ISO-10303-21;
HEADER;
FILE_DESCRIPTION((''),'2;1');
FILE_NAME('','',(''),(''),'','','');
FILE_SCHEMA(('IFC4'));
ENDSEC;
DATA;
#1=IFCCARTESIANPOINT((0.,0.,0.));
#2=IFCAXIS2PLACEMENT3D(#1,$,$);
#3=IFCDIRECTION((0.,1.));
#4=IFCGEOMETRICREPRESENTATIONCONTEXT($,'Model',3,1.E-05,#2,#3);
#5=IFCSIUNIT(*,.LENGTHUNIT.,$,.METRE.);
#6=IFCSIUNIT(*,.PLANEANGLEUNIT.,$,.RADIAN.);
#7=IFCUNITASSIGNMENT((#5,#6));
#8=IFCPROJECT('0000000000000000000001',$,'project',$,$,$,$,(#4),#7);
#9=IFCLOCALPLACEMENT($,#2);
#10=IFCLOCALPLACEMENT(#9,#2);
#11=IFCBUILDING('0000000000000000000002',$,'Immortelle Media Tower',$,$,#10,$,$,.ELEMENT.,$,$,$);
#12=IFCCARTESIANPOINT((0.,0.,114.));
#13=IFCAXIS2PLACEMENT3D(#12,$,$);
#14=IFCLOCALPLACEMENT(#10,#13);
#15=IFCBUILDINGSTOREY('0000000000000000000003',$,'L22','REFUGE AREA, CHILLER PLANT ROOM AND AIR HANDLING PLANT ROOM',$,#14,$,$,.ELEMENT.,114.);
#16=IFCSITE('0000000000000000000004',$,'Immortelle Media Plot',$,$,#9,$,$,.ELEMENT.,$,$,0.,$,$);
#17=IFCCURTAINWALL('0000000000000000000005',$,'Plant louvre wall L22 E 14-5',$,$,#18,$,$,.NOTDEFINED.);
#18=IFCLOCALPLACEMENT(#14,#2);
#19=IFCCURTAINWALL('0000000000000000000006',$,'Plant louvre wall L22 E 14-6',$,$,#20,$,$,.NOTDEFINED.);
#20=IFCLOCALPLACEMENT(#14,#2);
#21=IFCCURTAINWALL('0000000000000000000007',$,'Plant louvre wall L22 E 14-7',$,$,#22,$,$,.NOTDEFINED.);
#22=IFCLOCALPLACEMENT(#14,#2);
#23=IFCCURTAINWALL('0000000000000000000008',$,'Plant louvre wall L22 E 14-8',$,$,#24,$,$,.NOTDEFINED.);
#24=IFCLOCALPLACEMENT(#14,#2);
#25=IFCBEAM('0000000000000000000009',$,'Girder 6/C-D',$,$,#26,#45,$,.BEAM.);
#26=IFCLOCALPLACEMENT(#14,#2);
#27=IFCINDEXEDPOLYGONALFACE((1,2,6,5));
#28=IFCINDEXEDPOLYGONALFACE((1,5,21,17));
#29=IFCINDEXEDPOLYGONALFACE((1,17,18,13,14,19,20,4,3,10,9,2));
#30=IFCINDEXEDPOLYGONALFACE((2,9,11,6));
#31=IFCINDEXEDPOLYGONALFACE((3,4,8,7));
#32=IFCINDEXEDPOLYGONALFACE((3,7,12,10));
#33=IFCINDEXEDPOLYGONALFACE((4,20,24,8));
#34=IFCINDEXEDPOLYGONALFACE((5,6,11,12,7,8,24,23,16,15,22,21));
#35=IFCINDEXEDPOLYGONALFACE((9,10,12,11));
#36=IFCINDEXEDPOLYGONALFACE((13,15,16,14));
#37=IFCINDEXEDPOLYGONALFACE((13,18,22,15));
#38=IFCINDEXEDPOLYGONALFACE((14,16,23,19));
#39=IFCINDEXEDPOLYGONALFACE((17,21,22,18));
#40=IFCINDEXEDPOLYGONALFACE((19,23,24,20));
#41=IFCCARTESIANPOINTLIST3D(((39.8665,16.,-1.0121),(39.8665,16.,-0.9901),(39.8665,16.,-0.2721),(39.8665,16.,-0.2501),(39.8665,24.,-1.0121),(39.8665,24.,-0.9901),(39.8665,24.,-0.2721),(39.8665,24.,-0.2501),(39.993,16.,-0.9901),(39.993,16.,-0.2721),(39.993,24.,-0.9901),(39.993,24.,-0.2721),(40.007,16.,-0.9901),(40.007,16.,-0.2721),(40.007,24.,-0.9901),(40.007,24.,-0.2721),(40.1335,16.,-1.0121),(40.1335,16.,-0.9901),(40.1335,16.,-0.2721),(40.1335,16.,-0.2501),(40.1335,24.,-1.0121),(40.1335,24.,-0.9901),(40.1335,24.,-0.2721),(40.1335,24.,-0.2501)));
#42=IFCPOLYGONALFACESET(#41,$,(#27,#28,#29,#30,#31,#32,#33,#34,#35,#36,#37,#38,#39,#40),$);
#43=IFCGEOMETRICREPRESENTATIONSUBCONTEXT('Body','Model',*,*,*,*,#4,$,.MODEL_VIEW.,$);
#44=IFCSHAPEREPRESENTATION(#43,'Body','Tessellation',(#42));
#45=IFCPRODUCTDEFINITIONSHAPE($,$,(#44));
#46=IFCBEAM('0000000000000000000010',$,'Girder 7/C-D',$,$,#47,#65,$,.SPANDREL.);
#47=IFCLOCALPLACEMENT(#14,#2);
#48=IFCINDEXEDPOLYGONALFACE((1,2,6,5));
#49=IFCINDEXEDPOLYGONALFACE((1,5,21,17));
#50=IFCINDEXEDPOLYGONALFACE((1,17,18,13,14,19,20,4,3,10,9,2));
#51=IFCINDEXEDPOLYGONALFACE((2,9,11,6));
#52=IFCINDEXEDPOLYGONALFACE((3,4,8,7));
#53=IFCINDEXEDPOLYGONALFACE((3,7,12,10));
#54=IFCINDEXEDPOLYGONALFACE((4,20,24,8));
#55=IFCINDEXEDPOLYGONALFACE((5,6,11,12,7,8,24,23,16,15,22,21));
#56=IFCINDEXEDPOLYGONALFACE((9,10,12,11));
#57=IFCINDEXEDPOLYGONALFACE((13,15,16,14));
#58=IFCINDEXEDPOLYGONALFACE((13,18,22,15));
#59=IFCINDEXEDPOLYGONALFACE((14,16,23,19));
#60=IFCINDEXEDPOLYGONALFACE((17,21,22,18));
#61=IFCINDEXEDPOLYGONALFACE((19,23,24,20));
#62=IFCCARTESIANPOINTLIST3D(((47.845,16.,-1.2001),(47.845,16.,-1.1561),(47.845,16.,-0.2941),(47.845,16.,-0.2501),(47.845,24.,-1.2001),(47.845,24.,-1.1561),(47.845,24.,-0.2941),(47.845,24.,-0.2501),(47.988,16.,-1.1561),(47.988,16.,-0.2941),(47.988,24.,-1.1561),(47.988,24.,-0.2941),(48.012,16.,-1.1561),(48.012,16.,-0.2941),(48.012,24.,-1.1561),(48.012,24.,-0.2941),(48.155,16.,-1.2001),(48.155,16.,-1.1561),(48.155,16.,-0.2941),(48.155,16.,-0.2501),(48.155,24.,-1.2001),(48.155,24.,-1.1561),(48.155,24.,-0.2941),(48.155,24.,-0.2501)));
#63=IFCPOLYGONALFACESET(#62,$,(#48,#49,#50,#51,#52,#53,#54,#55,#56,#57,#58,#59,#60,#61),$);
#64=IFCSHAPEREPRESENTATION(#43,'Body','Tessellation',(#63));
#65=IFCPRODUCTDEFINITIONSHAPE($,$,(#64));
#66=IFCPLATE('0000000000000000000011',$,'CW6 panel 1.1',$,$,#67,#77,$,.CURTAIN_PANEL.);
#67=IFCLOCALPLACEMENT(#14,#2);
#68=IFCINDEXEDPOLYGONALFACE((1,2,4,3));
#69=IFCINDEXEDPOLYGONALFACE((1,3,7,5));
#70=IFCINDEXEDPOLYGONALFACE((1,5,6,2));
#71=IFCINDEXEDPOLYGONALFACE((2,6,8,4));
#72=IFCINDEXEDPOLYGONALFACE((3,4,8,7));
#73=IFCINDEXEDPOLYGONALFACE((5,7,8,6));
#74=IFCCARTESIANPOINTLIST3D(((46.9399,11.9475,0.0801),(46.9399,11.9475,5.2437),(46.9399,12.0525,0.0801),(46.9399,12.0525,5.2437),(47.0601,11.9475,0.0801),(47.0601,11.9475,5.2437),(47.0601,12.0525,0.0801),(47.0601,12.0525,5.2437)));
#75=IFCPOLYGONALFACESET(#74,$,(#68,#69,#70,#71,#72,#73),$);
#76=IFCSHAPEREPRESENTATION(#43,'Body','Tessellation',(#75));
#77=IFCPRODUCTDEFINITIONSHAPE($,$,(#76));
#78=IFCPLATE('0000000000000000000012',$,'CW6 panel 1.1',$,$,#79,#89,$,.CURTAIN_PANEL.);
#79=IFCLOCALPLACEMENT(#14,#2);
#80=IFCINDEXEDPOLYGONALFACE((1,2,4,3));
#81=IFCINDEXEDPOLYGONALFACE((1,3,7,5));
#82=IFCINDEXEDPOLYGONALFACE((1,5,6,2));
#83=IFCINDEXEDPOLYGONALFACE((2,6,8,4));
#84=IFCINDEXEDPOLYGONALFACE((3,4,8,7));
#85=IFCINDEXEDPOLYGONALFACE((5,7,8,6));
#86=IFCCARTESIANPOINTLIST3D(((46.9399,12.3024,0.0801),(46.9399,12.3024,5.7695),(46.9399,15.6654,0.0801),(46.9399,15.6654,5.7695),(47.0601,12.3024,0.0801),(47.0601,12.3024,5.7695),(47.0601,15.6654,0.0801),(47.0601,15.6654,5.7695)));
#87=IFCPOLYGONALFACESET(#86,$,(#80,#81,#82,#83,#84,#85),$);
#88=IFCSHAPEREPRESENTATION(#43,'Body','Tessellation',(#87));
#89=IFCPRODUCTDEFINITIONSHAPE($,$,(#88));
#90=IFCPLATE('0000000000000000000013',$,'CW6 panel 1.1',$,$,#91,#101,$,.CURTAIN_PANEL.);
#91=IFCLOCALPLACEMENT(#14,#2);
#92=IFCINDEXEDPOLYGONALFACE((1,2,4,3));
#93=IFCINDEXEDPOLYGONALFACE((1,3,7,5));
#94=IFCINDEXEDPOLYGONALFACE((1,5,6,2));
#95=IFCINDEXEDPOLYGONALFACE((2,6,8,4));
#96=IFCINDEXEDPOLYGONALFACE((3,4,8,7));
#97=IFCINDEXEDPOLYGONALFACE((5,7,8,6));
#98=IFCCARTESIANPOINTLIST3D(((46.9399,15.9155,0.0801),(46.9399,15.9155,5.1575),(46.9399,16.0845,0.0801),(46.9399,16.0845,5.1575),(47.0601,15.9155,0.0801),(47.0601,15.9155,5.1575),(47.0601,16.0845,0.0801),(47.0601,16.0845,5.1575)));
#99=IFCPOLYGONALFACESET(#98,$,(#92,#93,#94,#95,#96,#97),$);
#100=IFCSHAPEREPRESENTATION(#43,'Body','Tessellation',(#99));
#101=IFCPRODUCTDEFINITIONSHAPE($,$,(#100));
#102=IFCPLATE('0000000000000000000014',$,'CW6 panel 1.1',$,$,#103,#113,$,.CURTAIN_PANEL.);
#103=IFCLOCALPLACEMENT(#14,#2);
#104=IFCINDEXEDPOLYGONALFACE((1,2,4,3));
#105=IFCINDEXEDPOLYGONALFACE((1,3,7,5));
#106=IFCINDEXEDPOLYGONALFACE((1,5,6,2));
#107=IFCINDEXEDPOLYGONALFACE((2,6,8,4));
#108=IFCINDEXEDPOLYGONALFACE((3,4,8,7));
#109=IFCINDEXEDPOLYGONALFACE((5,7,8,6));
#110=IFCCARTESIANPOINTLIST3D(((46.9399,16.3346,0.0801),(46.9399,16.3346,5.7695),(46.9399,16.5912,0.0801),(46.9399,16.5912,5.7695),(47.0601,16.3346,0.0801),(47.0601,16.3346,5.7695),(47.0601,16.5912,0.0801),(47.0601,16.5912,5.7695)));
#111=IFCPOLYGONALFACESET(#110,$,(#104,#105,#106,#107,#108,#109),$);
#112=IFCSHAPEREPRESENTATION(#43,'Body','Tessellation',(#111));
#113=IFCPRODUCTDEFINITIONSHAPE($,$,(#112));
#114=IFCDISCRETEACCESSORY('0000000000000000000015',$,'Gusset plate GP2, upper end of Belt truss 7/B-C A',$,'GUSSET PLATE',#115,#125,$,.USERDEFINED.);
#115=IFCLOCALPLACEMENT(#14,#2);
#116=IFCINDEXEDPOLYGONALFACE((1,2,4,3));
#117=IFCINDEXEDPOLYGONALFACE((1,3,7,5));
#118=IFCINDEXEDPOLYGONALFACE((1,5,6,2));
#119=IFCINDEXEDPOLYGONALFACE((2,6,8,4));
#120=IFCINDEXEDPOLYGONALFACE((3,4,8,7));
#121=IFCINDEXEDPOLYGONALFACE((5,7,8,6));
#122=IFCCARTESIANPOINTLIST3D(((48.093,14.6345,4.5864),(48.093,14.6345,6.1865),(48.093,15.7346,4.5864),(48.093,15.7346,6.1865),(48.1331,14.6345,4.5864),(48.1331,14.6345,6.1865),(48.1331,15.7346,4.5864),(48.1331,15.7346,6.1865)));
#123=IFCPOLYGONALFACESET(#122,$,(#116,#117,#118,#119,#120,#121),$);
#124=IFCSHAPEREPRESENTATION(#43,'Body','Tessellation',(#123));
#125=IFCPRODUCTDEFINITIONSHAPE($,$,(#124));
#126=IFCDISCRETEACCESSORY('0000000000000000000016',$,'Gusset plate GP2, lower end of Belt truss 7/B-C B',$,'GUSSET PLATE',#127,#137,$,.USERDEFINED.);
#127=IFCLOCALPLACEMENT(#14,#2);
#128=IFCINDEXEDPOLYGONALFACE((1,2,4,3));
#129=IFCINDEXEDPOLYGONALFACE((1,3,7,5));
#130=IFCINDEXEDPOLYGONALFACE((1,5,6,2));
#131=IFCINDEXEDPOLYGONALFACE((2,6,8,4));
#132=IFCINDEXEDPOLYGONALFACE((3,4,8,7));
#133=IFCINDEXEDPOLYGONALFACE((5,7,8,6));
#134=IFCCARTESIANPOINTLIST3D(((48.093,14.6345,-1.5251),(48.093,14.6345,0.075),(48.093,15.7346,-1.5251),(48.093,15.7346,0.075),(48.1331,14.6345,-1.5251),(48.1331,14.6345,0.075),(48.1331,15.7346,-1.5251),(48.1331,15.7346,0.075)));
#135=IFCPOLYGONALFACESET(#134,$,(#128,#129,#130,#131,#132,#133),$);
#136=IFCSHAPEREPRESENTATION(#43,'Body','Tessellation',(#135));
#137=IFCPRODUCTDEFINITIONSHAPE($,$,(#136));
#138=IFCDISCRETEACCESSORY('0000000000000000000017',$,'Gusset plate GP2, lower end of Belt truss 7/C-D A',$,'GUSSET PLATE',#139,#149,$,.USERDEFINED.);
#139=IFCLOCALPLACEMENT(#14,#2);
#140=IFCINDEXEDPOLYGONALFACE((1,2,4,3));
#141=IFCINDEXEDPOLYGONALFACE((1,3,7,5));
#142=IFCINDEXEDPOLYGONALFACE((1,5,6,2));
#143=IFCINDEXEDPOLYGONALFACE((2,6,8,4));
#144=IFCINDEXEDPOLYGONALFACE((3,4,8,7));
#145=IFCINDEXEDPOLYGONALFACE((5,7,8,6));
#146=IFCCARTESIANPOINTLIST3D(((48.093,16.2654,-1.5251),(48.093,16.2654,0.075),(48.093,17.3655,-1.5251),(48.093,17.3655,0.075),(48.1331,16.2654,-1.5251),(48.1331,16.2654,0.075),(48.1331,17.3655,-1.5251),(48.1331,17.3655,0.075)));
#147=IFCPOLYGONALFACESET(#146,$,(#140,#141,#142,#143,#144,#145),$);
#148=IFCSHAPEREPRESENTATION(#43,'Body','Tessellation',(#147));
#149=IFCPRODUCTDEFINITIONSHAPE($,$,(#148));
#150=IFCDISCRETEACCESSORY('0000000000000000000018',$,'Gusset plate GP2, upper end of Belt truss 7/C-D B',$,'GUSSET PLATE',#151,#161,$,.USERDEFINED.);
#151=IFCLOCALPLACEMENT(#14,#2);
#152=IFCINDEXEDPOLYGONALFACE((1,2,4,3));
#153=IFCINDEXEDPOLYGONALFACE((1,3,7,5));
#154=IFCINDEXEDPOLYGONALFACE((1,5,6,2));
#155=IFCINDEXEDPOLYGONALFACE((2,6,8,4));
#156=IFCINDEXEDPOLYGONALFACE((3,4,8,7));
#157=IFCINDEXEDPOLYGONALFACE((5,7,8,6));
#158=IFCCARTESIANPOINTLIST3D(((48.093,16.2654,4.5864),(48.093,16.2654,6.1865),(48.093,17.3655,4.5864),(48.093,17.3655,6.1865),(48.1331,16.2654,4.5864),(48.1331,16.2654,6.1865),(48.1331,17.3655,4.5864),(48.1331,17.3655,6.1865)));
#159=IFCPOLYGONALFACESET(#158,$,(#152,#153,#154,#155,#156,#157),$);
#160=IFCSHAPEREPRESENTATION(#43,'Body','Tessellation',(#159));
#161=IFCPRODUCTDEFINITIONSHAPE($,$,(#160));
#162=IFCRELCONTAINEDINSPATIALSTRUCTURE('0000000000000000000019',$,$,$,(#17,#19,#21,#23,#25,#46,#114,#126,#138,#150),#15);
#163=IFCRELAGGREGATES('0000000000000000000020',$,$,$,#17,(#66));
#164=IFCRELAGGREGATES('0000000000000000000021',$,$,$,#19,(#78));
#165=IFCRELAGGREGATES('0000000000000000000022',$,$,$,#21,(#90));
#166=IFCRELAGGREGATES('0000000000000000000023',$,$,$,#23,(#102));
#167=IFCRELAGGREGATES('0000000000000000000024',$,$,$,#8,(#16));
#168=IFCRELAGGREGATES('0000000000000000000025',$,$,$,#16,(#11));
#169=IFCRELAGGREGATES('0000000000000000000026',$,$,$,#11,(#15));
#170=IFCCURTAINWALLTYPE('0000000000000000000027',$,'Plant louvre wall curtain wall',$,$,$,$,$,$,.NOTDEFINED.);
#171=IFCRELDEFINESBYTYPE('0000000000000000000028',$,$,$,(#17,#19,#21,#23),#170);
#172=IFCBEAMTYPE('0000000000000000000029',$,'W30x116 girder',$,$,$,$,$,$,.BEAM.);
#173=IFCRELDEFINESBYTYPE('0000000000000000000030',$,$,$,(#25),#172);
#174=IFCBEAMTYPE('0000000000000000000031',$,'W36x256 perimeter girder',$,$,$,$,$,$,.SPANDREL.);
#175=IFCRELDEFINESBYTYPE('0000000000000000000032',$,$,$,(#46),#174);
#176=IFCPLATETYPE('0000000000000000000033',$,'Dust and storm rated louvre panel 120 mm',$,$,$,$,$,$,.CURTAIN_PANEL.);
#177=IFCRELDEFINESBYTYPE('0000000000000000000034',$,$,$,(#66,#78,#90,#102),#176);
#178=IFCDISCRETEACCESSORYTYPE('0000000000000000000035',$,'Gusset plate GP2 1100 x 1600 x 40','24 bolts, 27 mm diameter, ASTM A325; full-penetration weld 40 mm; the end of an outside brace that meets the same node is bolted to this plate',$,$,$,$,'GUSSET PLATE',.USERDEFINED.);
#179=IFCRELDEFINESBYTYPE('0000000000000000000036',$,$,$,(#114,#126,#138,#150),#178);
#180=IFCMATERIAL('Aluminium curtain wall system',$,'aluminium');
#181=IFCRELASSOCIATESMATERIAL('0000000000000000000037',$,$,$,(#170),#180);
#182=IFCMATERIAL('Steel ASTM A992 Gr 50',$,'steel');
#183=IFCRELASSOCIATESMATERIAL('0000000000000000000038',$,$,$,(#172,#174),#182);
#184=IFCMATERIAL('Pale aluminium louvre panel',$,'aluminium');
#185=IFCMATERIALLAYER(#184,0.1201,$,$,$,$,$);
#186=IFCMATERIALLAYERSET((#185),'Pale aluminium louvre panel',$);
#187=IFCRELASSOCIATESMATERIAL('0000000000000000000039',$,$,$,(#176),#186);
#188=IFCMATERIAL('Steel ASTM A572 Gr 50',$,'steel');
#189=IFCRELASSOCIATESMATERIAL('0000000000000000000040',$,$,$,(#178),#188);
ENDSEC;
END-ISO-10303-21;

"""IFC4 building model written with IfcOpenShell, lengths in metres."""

from ifc_helpers import new_model, si_unit, direction, frame, origin, origin_2d, place, context, subcontext, project, spatial, rectangle, i_section, extrude, material, layer, layer_set, material_profile, profile_set, type_object, element, aggregate, save


model = new_model("IFC4")

# Units and contexts
model_context = context("Model", 3, precision=1e-05, world=origin(), true_north=direction((0.0, 1.0)))
body_context = subcontext(model_context, "Body", "Model", "MODEL_VIEW")
ifc_project = project(units=[si_unit("LENGTHUNIT", "METRE"), si_unit("PLANEANGLEUNIT", "RADIAN")], contexts=[model_context])

# Site, building, storey
site_placement = place(None, origin())
site = spatial("IfcSite", under=ifc_project, at=site_placement, Name="Immortelle Media Plot", CompositionType="ELEMENT", RefElevation=0.0)
building_placement = place(site_placement, origin())
building = spatial("IfcBuilding", under=site, at=building_placement, Name="Immortelle Media Tower", CompositionType="ELEMENT")
storey_placement = place(building_placement, frame((0.0, 0.0, 114.0)))
storey = spatial("IfcBuildingStorey", under=building, at=storey_placement, Name="L22", Description="REFUGE AREA, CHILLER PLANT ROOM AND AIR HANDLING PLANT ROOM", CompositionType="ELEMENT", Elevation=114.0)

# Shared definitions
ifc_material_1 = material(Name="Steel ASTM A992 Gr 50", Category="steel")

# Curtain wall
ifc_material_2 = material(Name="Aluminium curtain wall system", Category="aluminium")
curtain_wall_type = type_object("IfcCurtainWallType", Name="Plant louvre wall curtain wall", PredefinedType="NOTDEFINED", material=ifc_material_2)
curtain_wall_1_placement = place(storey_placement, origin())
curtain_wall_1 = element("IfcCurtainWall", 1, at=curtain_wall_1_placement, inside=storey, type_object=curtain_wall_type, Name="Plant louvre wall L22 E 14-5", PredefinedType="NOTDEFINED")

# Curtain walls
curtain_wall_2_placement = place(storey_placement, origin())
curtain_wall_2 = element("IfcCurtainWall", 2, at=curtain_wall_2_placement, inside=storey, type_object=curtain_wall_type, Name="Plant louvre wall L22 E 14-6", PredefinedType="NOTDEFINED")
curtain_wall_3_placement = place(storey_placement, origin())
curtain_wall_3 = element("IfcCurtainWall", 3, at=curtain_wall_3_placement, inside=storey, type_object=curtain_wall_type, Name="Plant louvre wall L22 E 14-7", PredefinedType="NOTDEFINED")
curtain_wall_4_placement = place(storey_placement, origin())
curtain_wall_4 = element("IfcCurtainWall", 4, at=curtain_wall_4_placement, inside=storey, type_object=curtain_wall_type, Name="Plant louvre wall L22 E 14-8", PredefinedType="NOTDEFINED")

# Beams
ifc_material_profile_1 = material_profile(ifc_material_1, i_section(OverallWidth=0.2671, OverallDepth=0.762, WebThickness=0.0139, FlangeThickness=0.022, at=origin_2d()), Name="W30x116")
ifc_profile_set_1 = profile_set([ifc_material_profile_1], Name="Steel ASTM A992 Gr 50")
beam_type_1 = type_object("IfcBeamType", Name="W30x116 girder", PredefinedType="BEAM", material=ifc_profile_set_1)
for number, where, z_axis, x_axis, name in (
    (5, (40.0, 16.0, -0.6311), (0.0, 1.0, 0.0), (-1.0, 0.0, 0.0), "Girder 6/C-D"),
):
    element("IfcBeam", number, at=place(storey_placement, frame(where, z_axis=z_axis, x_axis=x_axis)), inside=storey, type_object=beam_type_1, Name=name, PredefinedType="BEAM", context=body_context, shape_type="SweptSolid", body=[
        extrude(i_section(OverallWidth=0.2671, OverallDepth=0.762, WebThickness=0.0139, FlangeThickness=0.022, at=origin_2d()), origin(), (0.0, 0.0, 1.0), 8.0),
    ])
ifc_material_profile_2 = material_profile(ifc_material_1, i_section(OverallWidth=0.3101, OverallDepth=0.95, WebThickness=0.0239, FlangeThickness=0.0439, at=origin_2d()), Name="W36x256")
ifc_profile_set_2 = profile_set([ifc_material_profile_2], Name="Steel ASTM A992 Gr 50")
beam_type_2 = type_object("IfcBeamType", Name="W36x256 perimeter girder", PredefinedType="SPANDREL", material=ifc_profile_set_2)
beam_1_placement = place(storey_placement, frame((48.0, 16.0, -0.7251), z_axis=(0.0, 1.0, 0.0), x_axis=(-1.0, 0.0, 0.0)))
element("IfcBeam", 6, at=beam_1_placement, inside=storey, type_object=beam_type_2, Name="Girder 7/C-D", PredefinedType="SPANDREL", context=body_context, shape_type="SweptSolid", body=[
    extrude(i_section(OverallWidth=0.3101, OverallDepth=0.95, WebThickness=0.0239, FlangeThickness=0.0439, at=origin_2d()), origin(), (0.0, 0.0, 1.0), 8.0),
])

# Plates
ifc_material_3 = material(Name="Pale aluminium louvre panel", Category="aluminium")
ifc_layer = layer(ifc_material_3, 0.1201)
ifc_layer_set = layer_set([ifc_layer], Name="Pale aluminium louvre panel")
plate_type = type_object("IfcPlateType", Name="Dust and storm rated louvre panel 120 mm", PredefinedType="CURTAIN_PANEL", material=ifc_layer_set)
plate_1_placement = place(storey_placement, frame((47.0, 12.0, 0.0801), z_axis=(0.0, 0.0, 1.0), x_axis=(0.0, 1.0, 0.0)))
plate_1 = element("IfcPlate", 7, at=plate_1_placement, type_object=plate_type, Name="CW6 panel 1.1", PredefinedType="CURTAIN_PANEL", context=body_context, shape_type="SweptSolid", body=[
    extrude(rectangle(XDim=0.105, YDim=0.1201, at=origin_2d()), origin(), (0.0, 0.0, 1.0), 5.1636),
])
aggregate(curtain_wall_1, [plate_1])
plate_2_placement = place(storey_placement, frame((47.0, 13.9839, 0.0801), z_axis=(0.0, 0.0, 1.0), x_axis=(0.0, 1.0, 0.0)))
plate_2 = element("IfcPlate", 8, at=plate_2_placement, type_object=plate_type, Name="CW6 panel 1.1", PredefinedType="CURTAIN_PANEL", context=body_context, shape_type="SweptSolid", body=[
    extrude(rectangle(XDim=3.363, YDim=0.1201, at=origin_2d()), origin(), (0.0, 0.0, 1.0), 5.6895),
])
aggregate(curtain_wall_2, [plate_2])
plate_3_placement = place(storey_placement, frame((47.0, 16.0, 0.0801), z_axis=(0.0, 0.0, 1.0), x_axis=(0.0, 1.0, 0.0)))
plate_3 = element("IfcPlate", 9, at=plate_3_placement, type_object=plate_type, Name="CW6 panel 1.1", PredefinedType="CURTAIN_PANEL", context=body_context, shape_type="SweptSolid", body=[
    extrude(rectangle(XDim=0.1689, YDim=0.1201, at=origin_2d()), origin(), (0.0, 0.0, 1.0), 5.0774),
])
aggregate(curtain_wall_3, [plate_3])
plate_4_placement = place(storey_placement, frame((47.0, 16.4629, 0.0801), z_axis=(0.0, 0.0, 1.0), x_axis=(0.0, 1.0, 0.0)))
plate_4 = element("IfcPlate", 10, at=plate_4_placement, type_object=plate_type, Name="CW6 panel 1.1", PredefinedType="CURTAIN_PANEL", context=body_context, shape_type="SweptSolid", body=[
    extrude(rectangle(XDim=0.2566, YDim=0.1201, at=origin_2d()), origin(), (0.0, 0.0, 1.0), 5.6895),
])
aggregate(curtain_wall_4, [plate_4])

# Discrete accessories
ifc_material_4 = material(Name="Steel ASTM A572 Gr 50", Category="steel")
ifc_material_profile_3 = material_profile(ifc_material_4, rectangle(XDim=0.04, YDim=1.6001, at=origin_2d()), Name="PL 40 x 1600")
ifc_profile_set_3 = profile_set([ifc_material_profile_3], Name="Steel ASTM A572 Gr 50")
discrete_accessory_type = type_object("IfcDiscreteAccessoryType", Name="Gusset plate GP2 1100 x 1600 x 40", Description="24 bolts, 27 mm diameter, ASTM A325; full-penetration weld 40 mm; the end of an outside brace that meets the same node is bolted to this plate", ElementType="GUSSET PLATE", PredefinedType="USERDEFINED", material=ifc_profile_set_3)
for number, where, z_axis, x_axis, name in (
    (11, (48.113, 15.7346, 5.3865), (0.0, -1.0, 0.0), (1.0, 0.0, 0.0), "Gusset plate GP2, upper end of Belt truss 7/B-C A"),
    (12, (48.113, 15.7346, -0.7251), (0.0, -1.0, 0.0), (1.0, 0.0, 0.0), "Gusset plate GP2, lower end of Belt truss 7/B-C B"),
    (13, (48.113, 16.2654, -0.7251), (0.0, 1.0, 0.0), (-1.0, 0.0, 0.0), "Gusset plate GP2, lower end of Belt truss 7/C-D A"),
    (14, (48.113, 16.2654, 5.3865), (0.0, 1.0, 0.0), (-1.0, 0.0, 0.0), "Gusset plate GP2, upper end of Belt truss 7/C-D B"),
):
    element("IfcDiscreteAccessory", number, at=place(storey_placement, frame(where, z_axis=z_axis, x_axis=x_axis)), inside=storey, type_object=discrete_accessory_type, Name=name, ObjectType="GUSSET PLATE", PredefinedType="USERDEFINED", context=body_context, shape_type="SweptSolid", body=[
        extrude(rectangle(XDim=0.04, YDim=1.6001, at=origin_2d()), origin(), (0.0, 0.0, 1.0), 1.1001),
    ])

save(model, "model.ifc")
